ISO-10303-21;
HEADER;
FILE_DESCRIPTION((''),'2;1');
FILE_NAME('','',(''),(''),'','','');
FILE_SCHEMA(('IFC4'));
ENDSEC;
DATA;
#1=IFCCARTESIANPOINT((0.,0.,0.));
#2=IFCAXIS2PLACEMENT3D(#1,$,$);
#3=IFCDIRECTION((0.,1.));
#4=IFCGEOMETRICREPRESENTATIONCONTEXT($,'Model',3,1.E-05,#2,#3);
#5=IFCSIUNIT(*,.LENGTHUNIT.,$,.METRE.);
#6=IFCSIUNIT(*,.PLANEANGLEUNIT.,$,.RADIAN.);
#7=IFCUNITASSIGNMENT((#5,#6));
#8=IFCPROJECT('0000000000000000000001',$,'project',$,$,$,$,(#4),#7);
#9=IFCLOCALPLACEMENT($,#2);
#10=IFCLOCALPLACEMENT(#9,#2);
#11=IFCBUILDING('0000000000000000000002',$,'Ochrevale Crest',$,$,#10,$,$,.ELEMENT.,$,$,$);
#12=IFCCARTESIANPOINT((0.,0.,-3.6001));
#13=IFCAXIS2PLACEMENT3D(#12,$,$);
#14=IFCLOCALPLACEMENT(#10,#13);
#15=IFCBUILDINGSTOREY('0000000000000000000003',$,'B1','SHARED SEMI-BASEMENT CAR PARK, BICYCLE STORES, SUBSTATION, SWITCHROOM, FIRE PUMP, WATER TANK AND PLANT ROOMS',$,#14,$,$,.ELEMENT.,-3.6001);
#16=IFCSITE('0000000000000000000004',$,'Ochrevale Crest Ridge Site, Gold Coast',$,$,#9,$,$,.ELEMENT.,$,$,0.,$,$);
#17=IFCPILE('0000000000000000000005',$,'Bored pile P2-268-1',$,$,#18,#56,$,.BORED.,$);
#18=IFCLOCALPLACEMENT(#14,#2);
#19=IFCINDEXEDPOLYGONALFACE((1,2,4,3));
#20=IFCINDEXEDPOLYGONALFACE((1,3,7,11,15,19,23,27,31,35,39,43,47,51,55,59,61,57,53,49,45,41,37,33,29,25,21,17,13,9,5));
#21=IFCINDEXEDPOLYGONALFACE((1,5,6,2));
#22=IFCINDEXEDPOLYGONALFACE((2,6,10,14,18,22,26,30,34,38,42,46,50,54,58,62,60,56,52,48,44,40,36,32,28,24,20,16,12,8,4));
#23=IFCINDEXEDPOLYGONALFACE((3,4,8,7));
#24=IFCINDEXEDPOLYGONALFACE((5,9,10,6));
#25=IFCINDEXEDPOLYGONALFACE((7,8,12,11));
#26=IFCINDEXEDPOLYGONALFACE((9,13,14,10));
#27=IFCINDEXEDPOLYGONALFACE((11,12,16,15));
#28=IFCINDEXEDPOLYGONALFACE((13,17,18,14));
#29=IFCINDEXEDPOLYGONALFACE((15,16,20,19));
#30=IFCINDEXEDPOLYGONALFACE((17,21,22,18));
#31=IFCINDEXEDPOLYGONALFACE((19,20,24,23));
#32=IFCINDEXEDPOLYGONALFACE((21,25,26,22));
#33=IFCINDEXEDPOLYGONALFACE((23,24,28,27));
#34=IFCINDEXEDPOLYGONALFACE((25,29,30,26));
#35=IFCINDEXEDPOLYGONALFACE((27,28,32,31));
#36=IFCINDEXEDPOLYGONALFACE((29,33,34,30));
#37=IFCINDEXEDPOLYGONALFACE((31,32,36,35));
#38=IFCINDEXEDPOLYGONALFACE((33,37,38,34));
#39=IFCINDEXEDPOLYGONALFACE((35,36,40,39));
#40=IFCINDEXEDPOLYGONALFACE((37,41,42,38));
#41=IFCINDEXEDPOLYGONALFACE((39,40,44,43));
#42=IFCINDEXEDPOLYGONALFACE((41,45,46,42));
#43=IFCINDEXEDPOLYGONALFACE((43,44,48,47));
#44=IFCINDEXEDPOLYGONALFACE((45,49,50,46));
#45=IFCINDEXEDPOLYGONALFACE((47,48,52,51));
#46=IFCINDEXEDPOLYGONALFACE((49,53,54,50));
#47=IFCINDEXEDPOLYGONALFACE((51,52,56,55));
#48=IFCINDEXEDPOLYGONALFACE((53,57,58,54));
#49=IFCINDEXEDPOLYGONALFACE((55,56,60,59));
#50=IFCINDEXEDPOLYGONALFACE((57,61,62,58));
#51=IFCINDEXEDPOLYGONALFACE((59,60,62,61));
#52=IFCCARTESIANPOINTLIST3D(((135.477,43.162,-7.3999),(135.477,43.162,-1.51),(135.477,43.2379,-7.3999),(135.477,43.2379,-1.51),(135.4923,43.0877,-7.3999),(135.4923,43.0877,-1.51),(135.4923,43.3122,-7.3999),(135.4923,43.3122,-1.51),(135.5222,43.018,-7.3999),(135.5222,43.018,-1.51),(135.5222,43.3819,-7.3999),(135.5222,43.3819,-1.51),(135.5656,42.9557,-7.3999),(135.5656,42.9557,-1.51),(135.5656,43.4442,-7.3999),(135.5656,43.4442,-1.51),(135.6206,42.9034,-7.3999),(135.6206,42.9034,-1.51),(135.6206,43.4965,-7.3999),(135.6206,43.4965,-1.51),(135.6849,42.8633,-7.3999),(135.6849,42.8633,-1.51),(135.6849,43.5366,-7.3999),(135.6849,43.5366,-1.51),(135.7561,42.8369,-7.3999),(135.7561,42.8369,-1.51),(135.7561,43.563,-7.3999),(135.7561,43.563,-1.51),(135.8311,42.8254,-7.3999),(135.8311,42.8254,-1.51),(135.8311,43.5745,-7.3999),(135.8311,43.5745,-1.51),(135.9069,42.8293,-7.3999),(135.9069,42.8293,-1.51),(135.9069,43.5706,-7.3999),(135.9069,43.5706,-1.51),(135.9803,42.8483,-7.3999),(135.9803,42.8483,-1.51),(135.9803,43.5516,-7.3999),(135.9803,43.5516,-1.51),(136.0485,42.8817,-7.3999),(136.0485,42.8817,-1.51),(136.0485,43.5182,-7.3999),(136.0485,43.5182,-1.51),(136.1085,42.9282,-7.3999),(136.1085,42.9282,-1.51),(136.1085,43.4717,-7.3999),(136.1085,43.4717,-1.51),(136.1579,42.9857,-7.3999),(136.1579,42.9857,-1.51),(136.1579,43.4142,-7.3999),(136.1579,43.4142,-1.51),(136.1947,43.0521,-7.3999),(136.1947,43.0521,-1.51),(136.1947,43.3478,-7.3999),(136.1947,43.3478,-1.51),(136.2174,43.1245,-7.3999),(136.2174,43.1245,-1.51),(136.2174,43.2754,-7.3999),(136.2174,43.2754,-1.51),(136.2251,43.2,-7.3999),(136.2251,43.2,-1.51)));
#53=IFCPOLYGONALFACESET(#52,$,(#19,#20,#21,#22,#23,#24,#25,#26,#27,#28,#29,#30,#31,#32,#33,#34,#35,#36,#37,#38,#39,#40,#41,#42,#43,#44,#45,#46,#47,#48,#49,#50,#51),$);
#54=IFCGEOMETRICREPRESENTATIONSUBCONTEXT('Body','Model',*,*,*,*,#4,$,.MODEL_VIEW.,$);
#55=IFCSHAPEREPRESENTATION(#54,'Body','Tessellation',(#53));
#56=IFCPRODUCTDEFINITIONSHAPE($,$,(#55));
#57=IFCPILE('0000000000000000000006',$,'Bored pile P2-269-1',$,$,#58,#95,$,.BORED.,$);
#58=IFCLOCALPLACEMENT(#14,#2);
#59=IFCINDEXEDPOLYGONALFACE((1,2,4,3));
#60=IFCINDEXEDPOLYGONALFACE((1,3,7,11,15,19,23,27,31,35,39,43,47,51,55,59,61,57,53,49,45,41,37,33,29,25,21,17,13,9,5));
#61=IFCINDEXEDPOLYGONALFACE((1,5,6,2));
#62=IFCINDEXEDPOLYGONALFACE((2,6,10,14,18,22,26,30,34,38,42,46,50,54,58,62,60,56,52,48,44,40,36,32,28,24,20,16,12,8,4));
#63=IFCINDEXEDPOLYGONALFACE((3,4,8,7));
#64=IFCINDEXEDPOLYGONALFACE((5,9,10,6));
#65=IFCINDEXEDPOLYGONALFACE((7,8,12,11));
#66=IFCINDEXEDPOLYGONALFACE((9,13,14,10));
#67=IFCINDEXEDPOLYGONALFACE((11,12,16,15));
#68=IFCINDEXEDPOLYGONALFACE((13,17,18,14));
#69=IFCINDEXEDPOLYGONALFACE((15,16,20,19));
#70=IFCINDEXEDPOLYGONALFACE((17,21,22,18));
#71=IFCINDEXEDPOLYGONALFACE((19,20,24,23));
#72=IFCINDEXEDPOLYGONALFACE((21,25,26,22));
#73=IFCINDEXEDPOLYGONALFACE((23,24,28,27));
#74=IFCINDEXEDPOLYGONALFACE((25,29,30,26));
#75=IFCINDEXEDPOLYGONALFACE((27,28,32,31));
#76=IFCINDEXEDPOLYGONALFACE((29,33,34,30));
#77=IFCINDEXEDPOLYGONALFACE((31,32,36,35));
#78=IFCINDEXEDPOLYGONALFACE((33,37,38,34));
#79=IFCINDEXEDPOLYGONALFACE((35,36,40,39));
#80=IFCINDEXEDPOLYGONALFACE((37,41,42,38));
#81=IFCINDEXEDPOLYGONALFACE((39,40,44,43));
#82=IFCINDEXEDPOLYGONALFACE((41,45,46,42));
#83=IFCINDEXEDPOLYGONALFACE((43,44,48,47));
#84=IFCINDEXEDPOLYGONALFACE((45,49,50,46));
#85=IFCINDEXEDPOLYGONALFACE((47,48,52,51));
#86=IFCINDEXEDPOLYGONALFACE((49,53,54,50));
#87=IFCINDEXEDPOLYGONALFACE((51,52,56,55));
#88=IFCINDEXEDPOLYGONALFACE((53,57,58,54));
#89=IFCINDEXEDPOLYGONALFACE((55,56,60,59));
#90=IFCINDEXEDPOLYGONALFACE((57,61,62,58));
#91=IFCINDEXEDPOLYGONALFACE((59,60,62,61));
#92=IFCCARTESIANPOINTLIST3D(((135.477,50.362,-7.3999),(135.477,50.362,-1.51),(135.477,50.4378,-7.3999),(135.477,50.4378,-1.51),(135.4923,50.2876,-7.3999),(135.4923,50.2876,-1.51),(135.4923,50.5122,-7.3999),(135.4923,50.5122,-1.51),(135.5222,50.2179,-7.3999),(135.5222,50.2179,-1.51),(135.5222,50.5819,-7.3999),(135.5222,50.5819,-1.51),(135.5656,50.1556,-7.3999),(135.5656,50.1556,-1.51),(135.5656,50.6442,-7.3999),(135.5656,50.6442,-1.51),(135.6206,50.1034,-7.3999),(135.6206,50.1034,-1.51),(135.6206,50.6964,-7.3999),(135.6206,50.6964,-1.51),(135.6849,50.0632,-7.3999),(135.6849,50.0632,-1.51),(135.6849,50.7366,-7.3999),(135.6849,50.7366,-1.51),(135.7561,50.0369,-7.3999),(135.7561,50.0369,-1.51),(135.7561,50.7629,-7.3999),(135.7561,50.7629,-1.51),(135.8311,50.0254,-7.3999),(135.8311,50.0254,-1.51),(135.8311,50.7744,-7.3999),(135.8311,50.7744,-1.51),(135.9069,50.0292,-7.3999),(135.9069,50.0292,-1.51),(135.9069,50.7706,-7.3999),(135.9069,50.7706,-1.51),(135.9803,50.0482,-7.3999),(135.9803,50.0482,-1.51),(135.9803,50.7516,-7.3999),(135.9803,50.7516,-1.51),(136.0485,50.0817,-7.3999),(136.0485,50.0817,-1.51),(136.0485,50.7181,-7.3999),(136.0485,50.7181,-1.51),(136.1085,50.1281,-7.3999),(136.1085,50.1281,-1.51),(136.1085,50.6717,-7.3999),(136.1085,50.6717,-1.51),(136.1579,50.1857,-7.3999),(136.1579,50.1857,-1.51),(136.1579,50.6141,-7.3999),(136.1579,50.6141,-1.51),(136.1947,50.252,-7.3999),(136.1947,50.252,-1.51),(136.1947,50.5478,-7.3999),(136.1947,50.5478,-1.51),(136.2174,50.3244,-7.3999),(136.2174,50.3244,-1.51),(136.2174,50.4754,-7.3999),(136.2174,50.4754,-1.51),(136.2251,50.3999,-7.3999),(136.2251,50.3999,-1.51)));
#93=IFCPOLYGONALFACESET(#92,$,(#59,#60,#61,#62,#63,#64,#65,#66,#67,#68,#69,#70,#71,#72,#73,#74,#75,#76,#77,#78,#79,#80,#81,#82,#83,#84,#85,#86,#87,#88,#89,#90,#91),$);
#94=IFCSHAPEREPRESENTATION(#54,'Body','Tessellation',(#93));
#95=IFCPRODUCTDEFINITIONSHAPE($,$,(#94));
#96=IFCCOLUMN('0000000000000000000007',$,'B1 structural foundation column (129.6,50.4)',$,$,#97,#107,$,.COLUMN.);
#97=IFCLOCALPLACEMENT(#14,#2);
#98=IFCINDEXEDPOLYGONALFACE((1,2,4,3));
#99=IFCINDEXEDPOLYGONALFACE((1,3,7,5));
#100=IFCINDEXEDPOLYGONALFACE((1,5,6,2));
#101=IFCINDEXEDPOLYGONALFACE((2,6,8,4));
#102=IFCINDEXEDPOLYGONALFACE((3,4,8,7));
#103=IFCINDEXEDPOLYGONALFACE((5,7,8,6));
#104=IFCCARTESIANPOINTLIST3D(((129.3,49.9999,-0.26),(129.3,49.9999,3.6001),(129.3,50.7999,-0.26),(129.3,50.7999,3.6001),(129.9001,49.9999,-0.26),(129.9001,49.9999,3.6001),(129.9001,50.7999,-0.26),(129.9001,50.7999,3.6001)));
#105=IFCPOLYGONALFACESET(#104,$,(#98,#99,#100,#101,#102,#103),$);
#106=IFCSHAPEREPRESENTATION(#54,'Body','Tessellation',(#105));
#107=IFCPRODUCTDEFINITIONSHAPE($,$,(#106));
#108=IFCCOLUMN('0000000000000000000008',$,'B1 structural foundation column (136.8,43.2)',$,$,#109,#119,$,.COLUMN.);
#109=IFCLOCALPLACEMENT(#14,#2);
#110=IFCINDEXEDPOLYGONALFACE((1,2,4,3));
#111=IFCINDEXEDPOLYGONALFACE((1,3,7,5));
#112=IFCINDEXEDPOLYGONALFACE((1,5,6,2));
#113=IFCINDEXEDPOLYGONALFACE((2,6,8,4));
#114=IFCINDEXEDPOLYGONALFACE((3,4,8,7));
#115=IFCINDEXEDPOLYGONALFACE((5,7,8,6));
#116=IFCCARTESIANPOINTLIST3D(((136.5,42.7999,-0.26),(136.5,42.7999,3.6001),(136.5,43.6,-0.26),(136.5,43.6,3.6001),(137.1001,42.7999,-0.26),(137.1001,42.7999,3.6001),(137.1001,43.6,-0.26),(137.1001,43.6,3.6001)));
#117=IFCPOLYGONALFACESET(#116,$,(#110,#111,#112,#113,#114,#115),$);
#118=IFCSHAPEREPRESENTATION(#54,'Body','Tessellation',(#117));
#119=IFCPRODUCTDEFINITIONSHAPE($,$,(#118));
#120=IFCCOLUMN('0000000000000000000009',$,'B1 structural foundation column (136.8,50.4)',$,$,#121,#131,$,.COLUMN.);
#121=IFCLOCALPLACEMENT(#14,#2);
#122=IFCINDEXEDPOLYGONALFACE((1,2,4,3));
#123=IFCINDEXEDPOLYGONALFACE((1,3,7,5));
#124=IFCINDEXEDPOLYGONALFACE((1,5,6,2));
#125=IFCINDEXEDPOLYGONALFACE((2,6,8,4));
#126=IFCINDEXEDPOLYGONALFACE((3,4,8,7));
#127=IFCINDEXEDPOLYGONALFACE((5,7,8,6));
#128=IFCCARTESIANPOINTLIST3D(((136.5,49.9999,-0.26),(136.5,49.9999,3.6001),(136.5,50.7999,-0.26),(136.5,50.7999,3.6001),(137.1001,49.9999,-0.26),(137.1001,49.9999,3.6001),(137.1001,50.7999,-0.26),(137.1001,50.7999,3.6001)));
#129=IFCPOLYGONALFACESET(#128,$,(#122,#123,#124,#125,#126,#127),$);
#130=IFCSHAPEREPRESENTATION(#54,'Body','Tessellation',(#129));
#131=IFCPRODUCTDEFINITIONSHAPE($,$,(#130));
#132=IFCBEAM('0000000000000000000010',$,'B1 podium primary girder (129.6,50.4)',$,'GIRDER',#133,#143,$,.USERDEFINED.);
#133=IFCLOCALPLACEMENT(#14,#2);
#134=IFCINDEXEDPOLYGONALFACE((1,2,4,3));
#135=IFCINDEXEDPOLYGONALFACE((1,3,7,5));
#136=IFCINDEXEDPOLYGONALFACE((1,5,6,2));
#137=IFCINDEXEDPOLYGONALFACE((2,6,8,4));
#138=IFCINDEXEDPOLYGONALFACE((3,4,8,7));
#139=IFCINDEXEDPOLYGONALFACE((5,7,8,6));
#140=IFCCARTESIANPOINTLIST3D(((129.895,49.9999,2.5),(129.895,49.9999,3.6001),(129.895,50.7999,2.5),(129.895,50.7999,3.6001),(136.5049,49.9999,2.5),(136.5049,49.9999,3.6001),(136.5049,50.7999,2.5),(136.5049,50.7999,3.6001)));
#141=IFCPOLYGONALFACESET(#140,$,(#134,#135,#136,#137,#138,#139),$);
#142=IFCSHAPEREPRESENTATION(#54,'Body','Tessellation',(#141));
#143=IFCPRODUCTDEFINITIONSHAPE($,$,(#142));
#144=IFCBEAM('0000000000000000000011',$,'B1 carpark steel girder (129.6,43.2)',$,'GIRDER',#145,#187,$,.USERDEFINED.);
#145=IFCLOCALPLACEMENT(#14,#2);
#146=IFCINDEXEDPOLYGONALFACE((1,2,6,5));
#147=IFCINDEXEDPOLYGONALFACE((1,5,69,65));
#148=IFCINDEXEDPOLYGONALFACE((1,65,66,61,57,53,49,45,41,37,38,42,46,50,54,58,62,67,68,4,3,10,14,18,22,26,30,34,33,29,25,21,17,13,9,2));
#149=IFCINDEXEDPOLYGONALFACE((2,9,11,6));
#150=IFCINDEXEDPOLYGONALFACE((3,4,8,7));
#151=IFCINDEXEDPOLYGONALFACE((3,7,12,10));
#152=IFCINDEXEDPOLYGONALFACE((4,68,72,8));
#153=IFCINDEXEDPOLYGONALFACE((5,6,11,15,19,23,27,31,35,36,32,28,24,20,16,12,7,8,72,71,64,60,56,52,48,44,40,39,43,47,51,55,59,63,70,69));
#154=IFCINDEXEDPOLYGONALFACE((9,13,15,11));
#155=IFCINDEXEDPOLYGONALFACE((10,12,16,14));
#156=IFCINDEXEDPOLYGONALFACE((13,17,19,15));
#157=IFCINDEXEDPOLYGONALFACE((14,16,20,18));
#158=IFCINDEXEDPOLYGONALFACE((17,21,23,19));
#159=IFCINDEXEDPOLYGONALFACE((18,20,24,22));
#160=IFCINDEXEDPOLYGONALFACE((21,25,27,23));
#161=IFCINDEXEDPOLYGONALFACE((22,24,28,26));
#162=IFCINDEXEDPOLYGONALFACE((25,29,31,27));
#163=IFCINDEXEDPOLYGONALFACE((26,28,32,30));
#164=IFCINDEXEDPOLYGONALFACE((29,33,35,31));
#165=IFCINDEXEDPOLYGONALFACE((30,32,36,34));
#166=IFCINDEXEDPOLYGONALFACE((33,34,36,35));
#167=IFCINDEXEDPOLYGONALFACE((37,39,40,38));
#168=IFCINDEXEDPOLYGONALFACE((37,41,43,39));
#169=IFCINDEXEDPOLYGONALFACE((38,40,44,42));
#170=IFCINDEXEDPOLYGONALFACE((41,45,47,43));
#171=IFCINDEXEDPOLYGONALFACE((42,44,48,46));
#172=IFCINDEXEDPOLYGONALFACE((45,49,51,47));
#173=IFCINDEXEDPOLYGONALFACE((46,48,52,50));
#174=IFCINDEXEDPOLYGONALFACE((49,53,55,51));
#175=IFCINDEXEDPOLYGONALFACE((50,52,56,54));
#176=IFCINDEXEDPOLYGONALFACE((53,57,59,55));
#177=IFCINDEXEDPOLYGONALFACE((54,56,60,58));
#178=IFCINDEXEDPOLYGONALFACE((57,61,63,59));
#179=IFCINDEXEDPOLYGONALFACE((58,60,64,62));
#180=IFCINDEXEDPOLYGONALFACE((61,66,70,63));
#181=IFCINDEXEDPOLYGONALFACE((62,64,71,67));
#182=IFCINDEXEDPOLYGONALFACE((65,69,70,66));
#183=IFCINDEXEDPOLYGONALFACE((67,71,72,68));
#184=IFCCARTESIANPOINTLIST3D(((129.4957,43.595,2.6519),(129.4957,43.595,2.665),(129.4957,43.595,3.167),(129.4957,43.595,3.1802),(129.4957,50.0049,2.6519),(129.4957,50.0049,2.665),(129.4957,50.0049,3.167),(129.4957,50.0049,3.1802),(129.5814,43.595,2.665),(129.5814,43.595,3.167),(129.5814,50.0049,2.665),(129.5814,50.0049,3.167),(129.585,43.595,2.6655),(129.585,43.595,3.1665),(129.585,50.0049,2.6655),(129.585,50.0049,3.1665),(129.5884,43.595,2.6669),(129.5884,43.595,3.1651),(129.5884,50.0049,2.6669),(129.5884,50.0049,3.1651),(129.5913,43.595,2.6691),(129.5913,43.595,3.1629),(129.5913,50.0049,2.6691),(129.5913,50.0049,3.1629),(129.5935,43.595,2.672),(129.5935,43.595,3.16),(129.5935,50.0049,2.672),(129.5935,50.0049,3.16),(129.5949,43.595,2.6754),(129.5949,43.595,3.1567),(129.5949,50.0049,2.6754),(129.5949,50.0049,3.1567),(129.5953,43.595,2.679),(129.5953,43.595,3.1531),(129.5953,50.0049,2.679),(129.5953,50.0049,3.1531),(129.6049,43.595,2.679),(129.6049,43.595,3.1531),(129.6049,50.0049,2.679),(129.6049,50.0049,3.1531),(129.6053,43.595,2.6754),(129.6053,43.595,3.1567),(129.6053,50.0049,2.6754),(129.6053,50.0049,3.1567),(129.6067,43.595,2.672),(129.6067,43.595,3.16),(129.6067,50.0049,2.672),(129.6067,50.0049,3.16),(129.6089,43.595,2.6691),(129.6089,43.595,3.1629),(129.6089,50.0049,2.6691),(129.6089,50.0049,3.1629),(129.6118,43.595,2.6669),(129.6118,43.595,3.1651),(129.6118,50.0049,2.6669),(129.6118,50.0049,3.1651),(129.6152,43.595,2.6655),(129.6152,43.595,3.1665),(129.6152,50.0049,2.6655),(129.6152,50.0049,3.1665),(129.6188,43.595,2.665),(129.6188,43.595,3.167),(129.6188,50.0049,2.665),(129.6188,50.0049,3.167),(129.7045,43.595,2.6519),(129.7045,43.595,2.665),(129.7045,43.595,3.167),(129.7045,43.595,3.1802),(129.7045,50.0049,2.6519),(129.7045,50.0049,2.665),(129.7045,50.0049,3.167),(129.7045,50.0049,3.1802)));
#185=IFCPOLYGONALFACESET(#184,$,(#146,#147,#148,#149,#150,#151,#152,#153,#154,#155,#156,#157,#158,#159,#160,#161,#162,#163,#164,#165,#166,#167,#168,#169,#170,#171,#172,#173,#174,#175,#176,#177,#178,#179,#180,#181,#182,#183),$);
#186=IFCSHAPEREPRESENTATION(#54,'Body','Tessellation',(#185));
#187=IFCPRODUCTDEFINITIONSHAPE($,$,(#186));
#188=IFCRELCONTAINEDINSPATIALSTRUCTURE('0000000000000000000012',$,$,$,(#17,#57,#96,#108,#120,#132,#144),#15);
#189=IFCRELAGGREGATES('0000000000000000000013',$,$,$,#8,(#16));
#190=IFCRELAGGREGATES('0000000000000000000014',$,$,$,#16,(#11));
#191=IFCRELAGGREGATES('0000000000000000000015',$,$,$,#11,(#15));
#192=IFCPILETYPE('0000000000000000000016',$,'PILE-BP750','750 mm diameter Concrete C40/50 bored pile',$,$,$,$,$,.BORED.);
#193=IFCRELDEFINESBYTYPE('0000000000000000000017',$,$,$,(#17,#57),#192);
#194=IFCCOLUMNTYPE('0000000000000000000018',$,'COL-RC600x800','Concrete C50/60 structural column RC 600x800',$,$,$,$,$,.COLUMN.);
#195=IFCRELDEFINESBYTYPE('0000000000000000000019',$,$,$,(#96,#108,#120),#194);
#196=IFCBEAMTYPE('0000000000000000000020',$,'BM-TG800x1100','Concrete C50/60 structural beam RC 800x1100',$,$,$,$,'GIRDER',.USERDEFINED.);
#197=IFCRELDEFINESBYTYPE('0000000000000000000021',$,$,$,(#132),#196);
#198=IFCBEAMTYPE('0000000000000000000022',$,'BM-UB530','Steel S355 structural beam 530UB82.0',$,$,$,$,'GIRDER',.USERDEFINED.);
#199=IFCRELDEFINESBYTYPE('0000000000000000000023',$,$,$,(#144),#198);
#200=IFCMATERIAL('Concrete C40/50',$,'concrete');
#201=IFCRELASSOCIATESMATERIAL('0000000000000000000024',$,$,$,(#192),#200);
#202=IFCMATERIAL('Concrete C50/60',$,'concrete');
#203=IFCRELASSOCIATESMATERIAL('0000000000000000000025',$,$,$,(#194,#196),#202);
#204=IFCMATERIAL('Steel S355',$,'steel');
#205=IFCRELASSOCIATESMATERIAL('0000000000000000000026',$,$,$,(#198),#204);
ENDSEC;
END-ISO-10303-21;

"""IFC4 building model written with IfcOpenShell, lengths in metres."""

from ifc_helpers import new_model, si_unit, direction, frame, origin, origin_2d, place, context, subcontext, project, spatial, rectangle, circle, i_section, extrude, material, material_profile, profile_set, type_object, element, save


model = new_model("IFC4")

# Units and contexts
model_context = context("Model", 3, precision=1e-05, world=origin(), true_north=direction((0.0, 1.0)))
body_context = subcontext(model_context, "Body", "Model", "MODEL_VIEW")
ifc_project = project(units=[si_unit("LENGTHUNIT", "METRE"), si_unit("PLANEANGLEUNIT", "RADIAN")], contexts=[model_context])

# Site, building, storey
site_placement = place(None, origin())
site = spatial("IfcSite", under=ifc_project, at=site_placement, Name="Ochrevale Crest Ridge Site, Gold Coast", CompositionType="ELEMENT", RefElevation=0.0)
building_placement = place(site_placement, origin())
building = spatial("IfcBuilding", under=site, at=building_placement, Name="Ochrevale Crest", CompositionType="ELEMENT")
storey_placement = place(building_placement, frame((0.0, 0.0, -3.6001)))
storey = spatial("IfcBuildingStorey", under=building, at=storey_placement, Name="B1", Description="SHARED SEMI-BASEMENT CAR PARK, BICYCLE STORES, SUBSTATION, SWITCHROOM, FIRE PUMP, WATER TANK AND PLANT ROOMS", CompositionType="ELEMENT", Elevation=-3.6001)

# Shared definitions
ifc_material_1 = material(Name="Concrete C40/50", Category="concrete")

# Piles
ifc_material_profile_1 = material_profile(ifc_material_1, circle(Radius=0.375, at=origin_2d()), Name="BORED PILE 750")
ifc_profile_set_1 = profile_set([ifc_material_profile_1], Name="Concrete C40/50")
pile_type = type_object("IfcPileType", Name="PILE-BP750", Description="750 mm diameter Concrete C40/50 bored pile", PredefinedType="BORED", material=ifc_profile_set_1)
for number, where, z_axis, x_axis, name in (
    (1, (135.8501, 43.2, -1.51), (0.0, 0.0, -1.0), (1.0, 0.0, 0.0), "Bored pile P2-268-1"),
    (2, (135.8501, 50.3999, -1.51), (0.0, 0.0, -1.0), (1.0, 0.0, 0.0), "Bored pile P2-269-1"),
):
    element("IfcPile", number, at=place(storey_placement, frame(where, z_axis=z_axis, x_axis=x_axis)), inside=storey, type_object=pile_type, Name=name, PredefinedType="BORED", context=body_context, shape_type="SweptSolid", body=[
        extrude(circle(Radius=0.375, at=origin_2d()), origin(), (0.0, 0.0, 1.0), 5.8899),
    ])

# Columns
ifc_material_2 = material(Name="Concrete C50/60", Category="concrete")
ifc_material_profile_2 = material_profile(ifc_material_2, rectangle(XDim=0.6001, YDim=0.8, at=origin_2d()), Name="RC 600x800")
ifc_profile_set_2 = profile_set([ifc_material_profile_2], Name="Concrete C50/60")
column_type = type_object("IfcColumnType", Name="COL-RC600x800", Description="Concrete C50/60 structural column RC 600x800", PredefinedType="COLUMN", material=ifc_profile_set_2)
for number, where, z_axis, x_axis, name in (
    (3, (129.6001, 50.3999, -0.26), (0.0, 0.0, 1.0), (1.0, 0.0, 0.0), "B1 structural foundation column (129.6,50.4)"),
    (4, (136.8, 43.2, -0.26), (0.0, 0.0, 1.0), (1.0, 0.0, 0.0), "B1 structural foundation column (136.8,43.2)"),
    (5, (136.8, 50.3999, -0.26), (0.0, 0.0, 1.0), (1.0, 0.0, 0.0), "B1 structural foundation column (136.8,50.4)"),
):
    element("IfcColumn", number, at=place(storey_placement, frame(where, z_axis=z_axis, x_axis=x_axis)), inside=storey, type_object=column_type, Name=name, PredefinedType="COLUMN", context=body_context, shape_type="SweptSolid", body=[
        extrude(rectangle(XDim=0.6001, YDim=0.8, at=origin_2d()), origin(), (0.0, 0.0, 1.0), 3.8601),
    ])

# Beams
ifc_material_profile_3 = material_profile(ifc_material_2, rectangle(XDim=0.8, YDim=1.1001, at=origin_2d()), Name="RC 800x1100")
ifc_profile_set_3 = profile_set([ifc_material_profile_3], Name="Concrete C50/60")
beam_type_1 = type_object("IfcBeamType", Name="BM-TG800x1100", Description="Concrete C50/60 structural beam RC 800x1100", ElementType="GIRDER", PredefinedType="USERDEFINED", material=ifc_profile_set_3)
beam_1_placement = place(storey_placement, frame((129.895, 50.3999, 3.05), z_axis=(1.0, 0.0, 0.0), x_axis=(0.0, 1.0, 0.0)))
element("IfcBeam", 6, at=beam_1_placement, inside=storey, type_object=beam_type_1, Name="B1 podium primary girder (129.6,50.4)", ObjectType="GIRDER", PredefinedType="USERDEFINED", context=body_context, shape_type="SweptSolid", body=[
    extrude(rectangle(XDim=0.8, YDim=1.1001, at=origin_2d()), origin(), (0.0, 0.0, 1.0), 6.6099),
])
ifc_material_3 = material(Name="Steel S355", Category="steel")
ifc_material_profile_4 = material_profile(ifc_material_3, i_section(OverallWidth=0.2087, OverallDepth=0.5283, WebThickness=0.0095, FlangeThickness=0.0132, FilletRadius=0.0139, at=origin_2d()), Name="530UB82.0")
ifc_profile_set_4 = profile_set([ifc_material_profile_4], Name="Steel S355")
beam_type_2 = type_object("IfcBeamType", Name="BM-UB530", Description="Steel S355 structural beam 530UB82.0", ElementType="GIRDER", PredefinedType="USERDEFINED", material=ifc_profile_set_4)
beam_2_placement = place(storey_placement, frame((129.6001, 43.595, 2.916), z_axis=(0.0, 1.0, 0.0), x_axis=(-1.0, 0.0, 0.0)))
element("IfcBeam", 7, at=beam_2_placement, inside=storey, type_object=beam_type_2, Name="B1 carpark steel girder (129.6,43.2)", ObjectType="GIRDER", PredefinedType="USERDEFINED", context=body_context, shape_type="SweptSolid", body=[
    extrude(i_section(OverallWidth=0.2087, OverallDepth=0.5283, WebThickness=0.0095, FlangeThickness=0.0132, FilletRadius=0.0139, at=origin_2d()), origin(), (0.0, 0.0, 1.0), 6.4099),
])

save(model, "model.ifc")
